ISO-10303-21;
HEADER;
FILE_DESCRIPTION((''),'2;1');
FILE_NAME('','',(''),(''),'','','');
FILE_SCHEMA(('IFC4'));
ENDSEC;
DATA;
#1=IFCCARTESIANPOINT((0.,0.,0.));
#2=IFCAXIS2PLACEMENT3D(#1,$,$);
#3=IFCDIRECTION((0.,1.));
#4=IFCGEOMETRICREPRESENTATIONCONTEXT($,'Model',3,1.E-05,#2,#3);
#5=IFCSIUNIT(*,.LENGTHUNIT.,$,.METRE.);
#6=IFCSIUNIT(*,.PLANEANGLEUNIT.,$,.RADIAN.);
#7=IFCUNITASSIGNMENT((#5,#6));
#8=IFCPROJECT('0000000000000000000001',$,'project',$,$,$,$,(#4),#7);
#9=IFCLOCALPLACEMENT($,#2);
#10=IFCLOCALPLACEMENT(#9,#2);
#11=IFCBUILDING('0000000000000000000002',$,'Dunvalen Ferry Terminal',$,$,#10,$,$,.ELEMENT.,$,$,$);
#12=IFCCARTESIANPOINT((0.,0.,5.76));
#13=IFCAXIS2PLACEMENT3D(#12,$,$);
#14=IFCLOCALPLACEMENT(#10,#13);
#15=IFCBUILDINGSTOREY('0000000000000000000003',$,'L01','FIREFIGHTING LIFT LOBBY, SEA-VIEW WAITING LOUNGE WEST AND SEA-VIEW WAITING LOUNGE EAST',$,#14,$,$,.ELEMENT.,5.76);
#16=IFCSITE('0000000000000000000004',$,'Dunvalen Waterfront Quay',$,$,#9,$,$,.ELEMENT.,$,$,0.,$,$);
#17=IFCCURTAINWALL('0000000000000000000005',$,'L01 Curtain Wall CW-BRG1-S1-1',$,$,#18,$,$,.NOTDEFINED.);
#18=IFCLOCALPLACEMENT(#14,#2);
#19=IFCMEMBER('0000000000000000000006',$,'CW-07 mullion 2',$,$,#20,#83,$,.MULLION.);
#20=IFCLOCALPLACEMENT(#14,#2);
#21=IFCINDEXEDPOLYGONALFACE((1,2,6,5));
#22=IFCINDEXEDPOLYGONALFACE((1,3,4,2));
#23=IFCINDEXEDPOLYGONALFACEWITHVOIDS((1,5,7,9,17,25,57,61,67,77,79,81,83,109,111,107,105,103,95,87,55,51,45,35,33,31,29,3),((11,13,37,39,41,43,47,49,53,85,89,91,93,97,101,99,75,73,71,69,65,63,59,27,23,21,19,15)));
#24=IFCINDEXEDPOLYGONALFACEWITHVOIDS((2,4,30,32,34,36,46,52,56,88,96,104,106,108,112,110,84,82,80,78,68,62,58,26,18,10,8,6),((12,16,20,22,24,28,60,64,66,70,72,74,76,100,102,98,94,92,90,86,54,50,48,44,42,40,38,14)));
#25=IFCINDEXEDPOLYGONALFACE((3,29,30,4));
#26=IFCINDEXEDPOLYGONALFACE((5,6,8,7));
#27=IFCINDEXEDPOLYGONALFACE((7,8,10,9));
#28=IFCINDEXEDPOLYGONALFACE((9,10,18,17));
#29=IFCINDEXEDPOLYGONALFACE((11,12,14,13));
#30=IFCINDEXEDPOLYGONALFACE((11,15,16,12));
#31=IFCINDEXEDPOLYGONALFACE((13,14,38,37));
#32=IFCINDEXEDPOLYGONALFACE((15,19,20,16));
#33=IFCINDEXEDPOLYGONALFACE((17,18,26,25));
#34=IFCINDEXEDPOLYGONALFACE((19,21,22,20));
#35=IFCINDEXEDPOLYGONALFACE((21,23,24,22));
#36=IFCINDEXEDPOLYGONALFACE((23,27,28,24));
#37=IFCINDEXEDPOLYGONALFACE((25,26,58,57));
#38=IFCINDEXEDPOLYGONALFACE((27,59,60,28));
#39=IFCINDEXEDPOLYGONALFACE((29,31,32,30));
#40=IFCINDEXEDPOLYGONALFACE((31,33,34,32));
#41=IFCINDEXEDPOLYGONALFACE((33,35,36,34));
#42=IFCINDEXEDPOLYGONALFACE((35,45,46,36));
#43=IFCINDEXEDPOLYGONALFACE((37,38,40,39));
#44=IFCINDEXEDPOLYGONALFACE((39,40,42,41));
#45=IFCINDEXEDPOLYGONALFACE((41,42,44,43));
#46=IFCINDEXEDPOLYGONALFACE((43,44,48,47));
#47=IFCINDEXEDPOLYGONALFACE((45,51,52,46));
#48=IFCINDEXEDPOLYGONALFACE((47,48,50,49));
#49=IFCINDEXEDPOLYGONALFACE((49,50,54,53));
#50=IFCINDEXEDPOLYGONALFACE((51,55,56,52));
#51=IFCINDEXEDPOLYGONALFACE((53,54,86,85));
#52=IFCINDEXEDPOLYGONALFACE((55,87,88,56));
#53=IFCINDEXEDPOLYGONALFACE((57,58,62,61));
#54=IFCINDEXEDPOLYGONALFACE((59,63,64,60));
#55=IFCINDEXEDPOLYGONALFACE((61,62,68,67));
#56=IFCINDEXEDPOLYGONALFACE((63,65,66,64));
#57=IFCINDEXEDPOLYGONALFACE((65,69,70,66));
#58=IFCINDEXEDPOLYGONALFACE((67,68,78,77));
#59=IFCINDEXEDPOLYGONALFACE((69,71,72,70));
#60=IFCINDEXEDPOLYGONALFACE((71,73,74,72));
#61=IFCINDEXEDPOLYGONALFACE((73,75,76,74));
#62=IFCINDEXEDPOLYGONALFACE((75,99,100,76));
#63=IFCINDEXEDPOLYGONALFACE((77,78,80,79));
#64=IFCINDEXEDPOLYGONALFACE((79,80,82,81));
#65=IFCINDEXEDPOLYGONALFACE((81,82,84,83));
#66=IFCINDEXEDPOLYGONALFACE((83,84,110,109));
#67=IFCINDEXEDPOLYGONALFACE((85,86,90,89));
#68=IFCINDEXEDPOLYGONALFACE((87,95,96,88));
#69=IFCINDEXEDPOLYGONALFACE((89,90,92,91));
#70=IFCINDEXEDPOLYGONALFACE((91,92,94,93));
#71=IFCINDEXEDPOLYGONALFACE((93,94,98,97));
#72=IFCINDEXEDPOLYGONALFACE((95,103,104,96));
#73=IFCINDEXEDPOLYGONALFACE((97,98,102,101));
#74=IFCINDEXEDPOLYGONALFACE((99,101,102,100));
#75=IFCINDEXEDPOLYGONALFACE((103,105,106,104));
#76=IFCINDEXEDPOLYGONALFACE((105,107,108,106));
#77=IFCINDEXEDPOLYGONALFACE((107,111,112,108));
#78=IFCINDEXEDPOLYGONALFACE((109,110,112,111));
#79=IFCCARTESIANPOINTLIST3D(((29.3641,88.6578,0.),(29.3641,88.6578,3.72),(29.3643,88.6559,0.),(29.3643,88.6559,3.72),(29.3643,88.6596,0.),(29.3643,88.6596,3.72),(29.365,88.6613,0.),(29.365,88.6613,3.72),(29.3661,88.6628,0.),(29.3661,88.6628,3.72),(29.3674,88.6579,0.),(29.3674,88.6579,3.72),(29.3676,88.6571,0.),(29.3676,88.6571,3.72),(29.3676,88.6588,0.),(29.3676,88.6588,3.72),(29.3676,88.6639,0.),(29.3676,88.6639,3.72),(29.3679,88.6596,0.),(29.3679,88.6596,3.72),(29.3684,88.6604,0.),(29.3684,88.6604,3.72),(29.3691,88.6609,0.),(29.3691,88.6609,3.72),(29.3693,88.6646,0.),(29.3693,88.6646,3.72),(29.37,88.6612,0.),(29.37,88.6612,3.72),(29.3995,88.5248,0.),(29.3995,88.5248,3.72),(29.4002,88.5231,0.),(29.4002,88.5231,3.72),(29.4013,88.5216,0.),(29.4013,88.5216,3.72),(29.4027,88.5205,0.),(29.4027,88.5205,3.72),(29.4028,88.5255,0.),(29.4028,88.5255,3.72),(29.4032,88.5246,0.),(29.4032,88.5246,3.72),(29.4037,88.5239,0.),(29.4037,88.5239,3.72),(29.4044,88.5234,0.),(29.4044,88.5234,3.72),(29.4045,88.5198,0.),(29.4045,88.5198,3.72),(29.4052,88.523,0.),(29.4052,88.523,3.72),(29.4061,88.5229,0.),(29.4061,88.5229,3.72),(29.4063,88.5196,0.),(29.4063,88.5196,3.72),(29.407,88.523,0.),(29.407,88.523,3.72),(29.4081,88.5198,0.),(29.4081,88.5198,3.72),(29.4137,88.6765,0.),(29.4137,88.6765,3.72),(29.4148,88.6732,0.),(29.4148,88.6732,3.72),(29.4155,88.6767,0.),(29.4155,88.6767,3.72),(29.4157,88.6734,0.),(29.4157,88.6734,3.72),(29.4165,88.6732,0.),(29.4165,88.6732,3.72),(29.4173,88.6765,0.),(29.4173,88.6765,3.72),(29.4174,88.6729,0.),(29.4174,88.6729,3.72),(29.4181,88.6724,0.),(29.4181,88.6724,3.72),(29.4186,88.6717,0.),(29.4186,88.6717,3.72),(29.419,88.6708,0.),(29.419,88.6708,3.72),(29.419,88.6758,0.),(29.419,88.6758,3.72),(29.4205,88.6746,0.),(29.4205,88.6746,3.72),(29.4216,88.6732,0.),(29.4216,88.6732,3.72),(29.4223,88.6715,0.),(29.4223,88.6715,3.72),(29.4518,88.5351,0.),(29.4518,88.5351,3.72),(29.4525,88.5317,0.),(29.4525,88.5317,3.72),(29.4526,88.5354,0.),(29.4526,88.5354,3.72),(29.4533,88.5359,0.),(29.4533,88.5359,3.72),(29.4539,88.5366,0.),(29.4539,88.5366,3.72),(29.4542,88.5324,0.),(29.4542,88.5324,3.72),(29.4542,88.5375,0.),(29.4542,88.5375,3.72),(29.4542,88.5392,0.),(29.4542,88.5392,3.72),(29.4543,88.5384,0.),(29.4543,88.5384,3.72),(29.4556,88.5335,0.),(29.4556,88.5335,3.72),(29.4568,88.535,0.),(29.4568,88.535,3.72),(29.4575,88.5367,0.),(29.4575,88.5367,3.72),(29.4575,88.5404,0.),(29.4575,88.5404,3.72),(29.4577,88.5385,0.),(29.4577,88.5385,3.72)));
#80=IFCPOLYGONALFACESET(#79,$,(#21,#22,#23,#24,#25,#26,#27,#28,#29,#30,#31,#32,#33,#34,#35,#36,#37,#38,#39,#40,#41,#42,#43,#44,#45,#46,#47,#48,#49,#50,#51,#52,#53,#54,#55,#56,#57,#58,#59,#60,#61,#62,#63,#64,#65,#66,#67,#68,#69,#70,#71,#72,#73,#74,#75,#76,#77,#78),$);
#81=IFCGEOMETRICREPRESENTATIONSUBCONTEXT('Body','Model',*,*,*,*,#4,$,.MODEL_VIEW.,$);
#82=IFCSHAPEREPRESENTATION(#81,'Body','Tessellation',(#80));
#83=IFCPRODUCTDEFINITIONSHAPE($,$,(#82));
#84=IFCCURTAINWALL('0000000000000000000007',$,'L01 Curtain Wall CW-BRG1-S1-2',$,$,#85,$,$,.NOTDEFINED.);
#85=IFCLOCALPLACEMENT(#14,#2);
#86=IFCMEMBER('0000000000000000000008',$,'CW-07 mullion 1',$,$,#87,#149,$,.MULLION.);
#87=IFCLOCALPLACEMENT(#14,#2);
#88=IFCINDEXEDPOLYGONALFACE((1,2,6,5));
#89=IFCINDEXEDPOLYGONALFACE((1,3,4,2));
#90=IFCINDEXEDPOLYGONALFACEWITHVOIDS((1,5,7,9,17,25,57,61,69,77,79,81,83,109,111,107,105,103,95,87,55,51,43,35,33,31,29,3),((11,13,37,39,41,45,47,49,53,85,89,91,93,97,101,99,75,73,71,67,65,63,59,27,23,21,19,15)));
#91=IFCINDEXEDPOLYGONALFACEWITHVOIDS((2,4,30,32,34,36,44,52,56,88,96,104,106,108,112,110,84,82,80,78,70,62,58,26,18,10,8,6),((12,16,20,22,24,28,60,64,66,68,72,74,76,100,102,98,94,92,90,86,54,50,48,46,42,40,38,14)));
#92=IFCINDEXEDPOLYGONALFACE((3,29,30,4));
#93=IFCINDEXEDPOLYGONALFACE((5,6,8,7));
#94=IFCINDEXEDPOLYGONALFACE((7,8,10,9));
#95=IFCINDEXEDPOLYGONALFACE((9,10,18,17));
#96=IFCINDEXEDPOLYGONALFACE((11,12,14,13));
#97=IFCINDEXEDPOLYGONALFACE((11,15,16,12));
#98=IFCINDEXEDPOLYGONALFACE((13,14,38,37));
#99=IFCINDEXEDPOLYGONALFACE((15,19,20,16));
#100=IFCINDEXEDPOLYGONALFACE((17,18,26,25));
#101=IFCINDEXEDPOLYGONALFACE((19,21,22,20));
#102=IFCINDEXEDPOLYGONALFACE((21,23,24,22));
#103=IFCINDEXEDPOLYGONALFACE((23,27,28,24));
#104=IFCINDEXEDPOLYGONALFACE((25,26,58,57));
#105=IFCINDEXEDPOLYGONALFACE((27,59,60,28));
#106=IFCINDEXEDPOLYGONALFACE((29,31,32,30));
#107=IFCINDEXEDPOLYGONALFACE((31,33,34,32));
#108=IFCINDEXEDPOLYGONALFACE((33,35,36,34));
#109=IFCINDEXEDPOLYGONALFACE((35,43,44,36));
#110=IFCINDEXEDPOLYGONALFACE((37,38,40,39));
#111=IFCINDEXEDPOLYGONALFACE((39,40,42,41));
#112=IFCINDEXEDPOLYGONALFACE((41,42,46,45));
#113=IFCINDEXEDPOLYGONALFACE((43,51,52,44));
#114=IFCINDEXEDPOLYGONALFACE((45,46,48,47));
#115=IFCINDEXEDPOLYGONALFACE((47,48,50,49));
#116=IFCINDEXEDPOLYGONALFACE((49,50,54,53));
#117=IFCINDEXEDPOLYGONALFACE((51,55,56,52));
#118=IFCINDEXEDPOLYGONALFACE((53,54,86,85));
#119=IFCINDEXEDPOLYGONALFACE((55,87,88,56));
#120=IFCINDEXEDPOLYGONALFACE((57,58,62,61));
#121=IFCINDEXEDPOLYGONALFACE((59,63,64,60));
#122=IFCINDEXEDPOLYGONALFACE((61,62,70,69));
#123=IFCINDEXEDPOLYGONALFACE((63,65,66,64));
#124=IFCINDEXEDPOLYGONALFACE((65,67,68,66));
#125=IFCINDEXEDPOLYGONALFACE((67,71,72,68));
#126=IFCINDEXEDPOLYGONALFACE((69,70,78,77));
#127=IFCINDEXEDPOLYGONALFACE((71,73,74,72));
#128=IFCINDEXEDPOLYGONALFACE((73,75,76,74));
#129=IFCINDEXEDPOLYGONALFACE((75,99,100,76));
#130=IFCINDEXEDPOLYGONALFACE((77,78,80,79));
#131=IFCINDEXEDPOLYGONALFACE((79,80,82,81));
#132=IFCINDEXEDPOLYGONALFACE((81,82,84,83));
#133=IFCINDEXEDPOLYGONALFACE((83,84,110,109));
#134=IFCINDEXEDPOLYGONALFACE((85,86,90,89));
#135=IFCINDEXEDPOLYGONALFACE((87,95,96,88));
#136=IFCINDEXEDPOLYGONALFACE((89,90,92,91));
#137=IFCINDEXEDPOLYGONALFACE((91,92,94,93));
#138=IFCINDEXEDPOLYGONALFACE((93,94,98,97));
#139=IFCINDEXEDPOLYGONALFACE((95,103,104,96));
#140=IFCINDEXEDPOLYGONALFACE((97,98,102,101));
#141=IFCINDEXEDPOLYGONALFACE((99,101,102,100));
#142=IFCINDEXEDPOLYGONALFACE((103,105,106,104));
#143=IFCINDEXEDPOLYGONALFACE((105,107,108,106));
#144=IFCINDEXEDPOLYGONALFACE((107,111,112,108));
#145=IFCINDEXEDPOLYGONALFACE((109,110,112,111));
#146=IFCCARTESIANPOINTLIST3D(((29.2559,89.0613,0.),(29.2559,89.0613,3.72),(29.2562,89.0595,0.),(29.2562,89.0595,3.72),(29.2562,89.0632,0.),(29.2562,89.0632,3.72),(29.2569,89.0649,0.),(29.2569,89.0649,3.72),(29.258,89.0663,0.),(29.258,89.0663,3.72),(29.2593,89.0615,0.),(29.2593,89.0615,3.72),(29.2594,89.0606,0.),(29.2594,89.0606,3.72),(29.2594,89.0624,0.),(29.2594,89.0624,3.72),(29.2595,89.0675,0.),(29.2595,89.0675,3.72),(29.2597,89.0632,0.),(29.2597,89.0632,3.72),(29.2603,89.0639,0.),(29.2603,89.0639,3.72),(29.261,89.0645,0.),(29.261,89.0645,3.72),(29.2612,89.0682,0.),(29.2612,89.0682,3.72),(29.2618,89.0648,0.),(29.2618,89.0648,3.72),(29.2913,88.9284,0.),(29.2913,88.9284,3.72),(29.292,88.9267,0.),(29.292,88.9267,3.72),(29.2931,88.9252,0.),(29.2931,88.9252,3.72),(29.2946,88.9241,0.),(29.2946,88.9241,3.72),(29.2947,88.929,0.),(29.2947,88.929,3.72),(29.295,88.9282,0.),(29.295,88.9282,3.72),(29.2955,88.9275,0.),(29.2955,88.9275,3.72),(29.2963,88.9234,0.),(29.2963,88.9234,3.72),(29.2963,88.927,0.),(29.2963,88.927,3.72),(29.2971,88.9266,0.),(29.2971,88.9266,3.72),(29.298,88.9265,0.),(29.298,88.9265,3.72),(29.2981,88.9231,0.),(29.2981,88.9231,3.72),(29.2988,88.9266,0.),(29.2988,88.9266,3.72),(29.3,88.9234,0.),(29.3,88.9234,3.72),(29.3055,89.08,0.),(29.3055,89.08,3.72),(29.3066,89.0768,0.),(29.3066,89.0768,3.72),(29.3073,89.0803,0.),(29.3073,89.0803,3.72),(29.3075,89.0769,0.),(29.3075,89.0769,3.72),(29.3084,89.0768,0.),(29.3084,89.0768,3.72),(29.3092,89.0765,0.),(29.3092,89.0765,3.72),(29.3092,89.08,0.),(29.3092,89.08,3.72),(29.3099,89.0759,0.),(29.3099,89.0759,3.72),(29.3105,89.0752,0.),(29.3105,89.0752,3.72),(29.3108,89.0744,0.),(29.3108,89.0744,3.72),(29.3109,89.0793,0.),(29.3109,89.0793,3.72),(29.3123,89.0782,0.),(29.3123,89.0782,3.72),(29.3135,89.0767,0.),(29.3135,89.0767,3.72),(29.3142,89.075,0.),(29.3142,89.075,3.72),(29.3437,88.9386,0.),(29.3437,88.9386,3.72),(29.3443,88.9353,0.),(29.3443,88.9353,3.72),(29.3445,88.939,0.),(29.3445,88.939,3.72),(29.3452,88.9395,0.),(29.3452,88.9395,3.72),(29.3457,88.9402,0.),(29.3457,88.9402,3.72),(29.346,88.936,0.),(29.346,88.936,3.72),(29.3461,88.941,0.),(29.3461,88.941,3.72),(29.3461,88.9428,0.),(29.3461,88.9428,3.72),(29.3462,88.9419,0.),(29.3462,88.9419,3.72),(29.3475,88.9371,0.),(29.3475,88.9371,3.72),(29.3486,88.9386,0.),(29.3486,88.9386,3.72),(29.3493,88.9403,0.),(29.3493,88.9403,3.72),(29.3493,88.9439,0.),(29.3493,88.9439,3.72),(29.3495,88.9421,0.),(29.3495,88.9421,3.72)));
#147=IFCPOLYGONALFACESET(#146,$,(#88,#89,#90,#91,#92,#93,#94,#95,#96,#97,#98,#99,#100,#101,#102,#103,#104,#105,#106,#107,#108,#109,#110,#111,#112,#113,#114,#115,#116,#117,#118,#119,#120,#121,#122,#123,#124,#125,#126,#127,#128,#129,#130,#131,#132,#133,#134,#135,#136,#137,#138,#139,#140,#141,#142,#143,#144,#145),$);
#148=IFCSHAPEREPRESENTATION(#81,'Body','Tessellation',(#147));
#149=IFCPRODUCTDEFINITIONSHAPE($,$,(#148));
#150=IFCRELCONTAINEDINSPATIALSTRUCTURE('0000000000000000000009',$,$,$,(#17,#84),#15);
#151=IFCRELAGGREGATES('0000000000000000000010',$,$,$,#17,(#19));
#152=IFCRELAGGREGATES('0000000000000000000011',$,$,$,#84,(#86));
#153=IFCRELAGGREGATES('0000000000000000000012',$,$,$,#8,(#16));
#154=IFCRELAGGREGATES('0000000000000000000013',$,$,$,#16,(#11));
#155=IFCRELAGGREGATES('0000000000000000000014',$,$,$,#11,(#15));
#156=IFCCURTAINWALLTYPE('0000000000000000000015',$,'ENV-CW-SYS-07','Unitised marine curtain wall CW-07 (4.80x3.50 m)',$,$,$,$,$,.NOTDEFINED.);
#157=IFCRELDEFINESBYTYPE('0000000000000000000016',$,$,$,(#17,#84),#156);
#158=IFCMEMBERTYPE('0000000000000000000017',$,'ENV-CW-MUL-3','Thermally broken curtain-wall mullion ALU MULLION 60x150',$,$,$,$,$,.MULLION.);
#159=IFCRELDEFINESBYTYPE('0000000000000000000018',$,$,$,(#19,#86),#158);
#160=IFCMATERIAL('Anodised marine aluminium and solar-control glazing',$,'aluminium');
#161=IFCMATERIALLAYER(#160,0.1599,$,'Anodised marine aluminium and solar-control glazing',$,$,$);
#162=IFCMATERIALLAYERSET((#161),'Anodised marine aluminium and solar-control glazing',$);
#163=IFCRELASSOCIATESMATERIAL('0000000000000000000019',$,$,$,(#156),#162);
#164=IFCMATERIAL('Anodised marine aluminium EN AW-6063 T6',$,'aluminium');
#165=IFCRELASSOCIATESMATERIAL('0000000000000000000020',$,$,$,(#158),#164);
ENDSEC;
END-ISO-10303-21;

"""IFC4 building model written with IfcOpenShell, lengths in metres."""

from ifc_helpers import new_model, si_unit, direction, frame, origin, origin_2d, place, context, subcontext, project, spatial, hollow_rectangle, extrude, material, layer, layer_set, material_profile, profile_set, type_object, element, aggregate, save


model = new_model("IFC4")

# Units and contexts
model_context = context("Model", 3, precision=1e-05, world=origin(), true_north=direction((0.0, 1.0)))
body_context = subcontext(model_context, "Body", "Model", "MODEL_VIEW")
ifc_project = project(units=[si_unit("LENGTHUNIT", "METRE"), si_unit("PLANEANGLEUNIT", "RADIAN")], contexts=[model_context])

# Site, building, storey
site_placement = place(None, origin())
site = spatial("IfcSite", under=ifc_project, at=site_placement, Name="Dunvalen Waterfront Quay", CompositionType="ELEMENT", RefElevation=0.0)
building_placement = place(site_placement, origin())
building = spatial("IfcBuilding", under=site, at=building_placement, Name="Dunvalen Ferry Terminal", CompositionType="ELEMENT")
storey_placement = place(building_placement, frame((0.0, 0.0, 5.76)))
storey = spatial("IfcBuildingStorey", under=building, at=storey_placement, Name="L01", Description="FIREFIGHTING LIFT LOBBY, SEA-VIEW WAITING LOUNGE WEST AND SEA-VIEW WAITING LOUNGE EAST", CompositionType="ELEMENT", Elevation=5.76)

# Shared definitions
ifc_material_1 = material(Name="Anodised marine aluminium and solar-control glazing", Category="aluminium")
ifc_material_2 = material(Name="Anodised marine aluminium EN AW-6063 T6", Category="aluminium")

# Curtain walls, members
ifc_layer_1 = layer(ifc_material_1, 0.1599, Name="Anodised marine aluminium and solar-control glazing")
ifc_layer_set_1 = layer_set([ifc_layer_1], Name="Anodised marine aluminium and solar-control glazing")
curtain_wall_type_1 = type_object("IfcCurtainWallType", Name="ENV-CW-SYS-07", Description="Unitised marine curtain wall CW-07 (4.80x3.50 m)", PredefinedType="NOTDEFINED", material=ifc_layer_set_1)
curtain_wall_1_placement = place(storey_placement, origin())
curtain_wall_1 = element("IfcCurtainWall", 1, at=curtain_wall_1_placement, inside=storey, type_object=curtain_wall_type_1, Name="L01 Curtain Wall CW-BRG1-S1-1", PredefinedType="NOTDEFINED")
ifc_material_profile_1 = material_profile(ifc_material_2, hollow_rectangle(XDim=0.0601, YDim=0.1499, WallThickness=0.0034, InnerFilletRadius=0.0034, OuterFilletRadius=0.0071, at=origin_2d()), Name="Anodised marine aluminium EN AW-6063 T6")
ifc_profile_set_1 = profile_set([ifc_material_profile_1], Name="Anodised marine aluminium EN AW-6063 T6")
member_type_1 = type_object("IfcMemberType", Name="ENV-CW-MUL-3", Description="Thermally broken curtain-wall mullion ALU MULLION 60x150", PredefinedType="MULLION", material=ifc_profile_set_1)
member_1_placement = place(storey_placement, frame((29.4109, 88.5981, 0.0), z_axis=(0.0, 0.0, 1.0), x_axis=(-0.965919, -0.258843, 0.0)))
member_1 = element("IfcMember", 2, at=member_1_placement, type_object=member_type_1, Name="CW-07 mullion 2", PredefinedType="MULLION", context=body_context, shape_type="SweptSolid", body=[
    extrude(hollow_rectangle(XDim=0.0601, YDim=0.1499, WallThickness=0.0034, InnerFilletRadius=0.0034, OuterFilletRadius=0.0071, at=origin_2d()), origin(), (0.0, 0.0, 1.0), 3.72),
])
curtain_wall_2_placement = place(storey_placement, origin())
curtain_wall_2 = element("IfcCurtainWall", 3, at=curtain_wall_2_placement, inside=storey, type_object=curtain_wall_type_1, Name="L01 Curtain Wall CW-BRG1-S1-2", PredefinedType="NOTDEFINED")
member_2_placement = place(storey_placement, frame((29.3027, 89.0017, 0.0), z_axis=(0.0, 0.0, 1.0), x_axis=(-0.965923, -0.25883, 0.0)))
member_2 = element("IfcMember", 4, at=member_2_placement, type_object=member_type_1, Name="CW-07 mullion 1", PredefinedType="MULLION", context=body_context, shape_type="SweptSolid", body=[
    extrude(hollow_rectangle(XDim=0.0601, YDim=0.1499, WallThickness=0.0034, InnerFilletRadius=0.0034, OuterFilletRadius=0.0071, at=origin_2d()), origin(), (0.0, 0.0, 1.0), 3.72),
])

aggregate(curtain_wall_1, [member_1])
aggregate(curtain_wall_2, [member_2])

save(model, "model.ifc")
